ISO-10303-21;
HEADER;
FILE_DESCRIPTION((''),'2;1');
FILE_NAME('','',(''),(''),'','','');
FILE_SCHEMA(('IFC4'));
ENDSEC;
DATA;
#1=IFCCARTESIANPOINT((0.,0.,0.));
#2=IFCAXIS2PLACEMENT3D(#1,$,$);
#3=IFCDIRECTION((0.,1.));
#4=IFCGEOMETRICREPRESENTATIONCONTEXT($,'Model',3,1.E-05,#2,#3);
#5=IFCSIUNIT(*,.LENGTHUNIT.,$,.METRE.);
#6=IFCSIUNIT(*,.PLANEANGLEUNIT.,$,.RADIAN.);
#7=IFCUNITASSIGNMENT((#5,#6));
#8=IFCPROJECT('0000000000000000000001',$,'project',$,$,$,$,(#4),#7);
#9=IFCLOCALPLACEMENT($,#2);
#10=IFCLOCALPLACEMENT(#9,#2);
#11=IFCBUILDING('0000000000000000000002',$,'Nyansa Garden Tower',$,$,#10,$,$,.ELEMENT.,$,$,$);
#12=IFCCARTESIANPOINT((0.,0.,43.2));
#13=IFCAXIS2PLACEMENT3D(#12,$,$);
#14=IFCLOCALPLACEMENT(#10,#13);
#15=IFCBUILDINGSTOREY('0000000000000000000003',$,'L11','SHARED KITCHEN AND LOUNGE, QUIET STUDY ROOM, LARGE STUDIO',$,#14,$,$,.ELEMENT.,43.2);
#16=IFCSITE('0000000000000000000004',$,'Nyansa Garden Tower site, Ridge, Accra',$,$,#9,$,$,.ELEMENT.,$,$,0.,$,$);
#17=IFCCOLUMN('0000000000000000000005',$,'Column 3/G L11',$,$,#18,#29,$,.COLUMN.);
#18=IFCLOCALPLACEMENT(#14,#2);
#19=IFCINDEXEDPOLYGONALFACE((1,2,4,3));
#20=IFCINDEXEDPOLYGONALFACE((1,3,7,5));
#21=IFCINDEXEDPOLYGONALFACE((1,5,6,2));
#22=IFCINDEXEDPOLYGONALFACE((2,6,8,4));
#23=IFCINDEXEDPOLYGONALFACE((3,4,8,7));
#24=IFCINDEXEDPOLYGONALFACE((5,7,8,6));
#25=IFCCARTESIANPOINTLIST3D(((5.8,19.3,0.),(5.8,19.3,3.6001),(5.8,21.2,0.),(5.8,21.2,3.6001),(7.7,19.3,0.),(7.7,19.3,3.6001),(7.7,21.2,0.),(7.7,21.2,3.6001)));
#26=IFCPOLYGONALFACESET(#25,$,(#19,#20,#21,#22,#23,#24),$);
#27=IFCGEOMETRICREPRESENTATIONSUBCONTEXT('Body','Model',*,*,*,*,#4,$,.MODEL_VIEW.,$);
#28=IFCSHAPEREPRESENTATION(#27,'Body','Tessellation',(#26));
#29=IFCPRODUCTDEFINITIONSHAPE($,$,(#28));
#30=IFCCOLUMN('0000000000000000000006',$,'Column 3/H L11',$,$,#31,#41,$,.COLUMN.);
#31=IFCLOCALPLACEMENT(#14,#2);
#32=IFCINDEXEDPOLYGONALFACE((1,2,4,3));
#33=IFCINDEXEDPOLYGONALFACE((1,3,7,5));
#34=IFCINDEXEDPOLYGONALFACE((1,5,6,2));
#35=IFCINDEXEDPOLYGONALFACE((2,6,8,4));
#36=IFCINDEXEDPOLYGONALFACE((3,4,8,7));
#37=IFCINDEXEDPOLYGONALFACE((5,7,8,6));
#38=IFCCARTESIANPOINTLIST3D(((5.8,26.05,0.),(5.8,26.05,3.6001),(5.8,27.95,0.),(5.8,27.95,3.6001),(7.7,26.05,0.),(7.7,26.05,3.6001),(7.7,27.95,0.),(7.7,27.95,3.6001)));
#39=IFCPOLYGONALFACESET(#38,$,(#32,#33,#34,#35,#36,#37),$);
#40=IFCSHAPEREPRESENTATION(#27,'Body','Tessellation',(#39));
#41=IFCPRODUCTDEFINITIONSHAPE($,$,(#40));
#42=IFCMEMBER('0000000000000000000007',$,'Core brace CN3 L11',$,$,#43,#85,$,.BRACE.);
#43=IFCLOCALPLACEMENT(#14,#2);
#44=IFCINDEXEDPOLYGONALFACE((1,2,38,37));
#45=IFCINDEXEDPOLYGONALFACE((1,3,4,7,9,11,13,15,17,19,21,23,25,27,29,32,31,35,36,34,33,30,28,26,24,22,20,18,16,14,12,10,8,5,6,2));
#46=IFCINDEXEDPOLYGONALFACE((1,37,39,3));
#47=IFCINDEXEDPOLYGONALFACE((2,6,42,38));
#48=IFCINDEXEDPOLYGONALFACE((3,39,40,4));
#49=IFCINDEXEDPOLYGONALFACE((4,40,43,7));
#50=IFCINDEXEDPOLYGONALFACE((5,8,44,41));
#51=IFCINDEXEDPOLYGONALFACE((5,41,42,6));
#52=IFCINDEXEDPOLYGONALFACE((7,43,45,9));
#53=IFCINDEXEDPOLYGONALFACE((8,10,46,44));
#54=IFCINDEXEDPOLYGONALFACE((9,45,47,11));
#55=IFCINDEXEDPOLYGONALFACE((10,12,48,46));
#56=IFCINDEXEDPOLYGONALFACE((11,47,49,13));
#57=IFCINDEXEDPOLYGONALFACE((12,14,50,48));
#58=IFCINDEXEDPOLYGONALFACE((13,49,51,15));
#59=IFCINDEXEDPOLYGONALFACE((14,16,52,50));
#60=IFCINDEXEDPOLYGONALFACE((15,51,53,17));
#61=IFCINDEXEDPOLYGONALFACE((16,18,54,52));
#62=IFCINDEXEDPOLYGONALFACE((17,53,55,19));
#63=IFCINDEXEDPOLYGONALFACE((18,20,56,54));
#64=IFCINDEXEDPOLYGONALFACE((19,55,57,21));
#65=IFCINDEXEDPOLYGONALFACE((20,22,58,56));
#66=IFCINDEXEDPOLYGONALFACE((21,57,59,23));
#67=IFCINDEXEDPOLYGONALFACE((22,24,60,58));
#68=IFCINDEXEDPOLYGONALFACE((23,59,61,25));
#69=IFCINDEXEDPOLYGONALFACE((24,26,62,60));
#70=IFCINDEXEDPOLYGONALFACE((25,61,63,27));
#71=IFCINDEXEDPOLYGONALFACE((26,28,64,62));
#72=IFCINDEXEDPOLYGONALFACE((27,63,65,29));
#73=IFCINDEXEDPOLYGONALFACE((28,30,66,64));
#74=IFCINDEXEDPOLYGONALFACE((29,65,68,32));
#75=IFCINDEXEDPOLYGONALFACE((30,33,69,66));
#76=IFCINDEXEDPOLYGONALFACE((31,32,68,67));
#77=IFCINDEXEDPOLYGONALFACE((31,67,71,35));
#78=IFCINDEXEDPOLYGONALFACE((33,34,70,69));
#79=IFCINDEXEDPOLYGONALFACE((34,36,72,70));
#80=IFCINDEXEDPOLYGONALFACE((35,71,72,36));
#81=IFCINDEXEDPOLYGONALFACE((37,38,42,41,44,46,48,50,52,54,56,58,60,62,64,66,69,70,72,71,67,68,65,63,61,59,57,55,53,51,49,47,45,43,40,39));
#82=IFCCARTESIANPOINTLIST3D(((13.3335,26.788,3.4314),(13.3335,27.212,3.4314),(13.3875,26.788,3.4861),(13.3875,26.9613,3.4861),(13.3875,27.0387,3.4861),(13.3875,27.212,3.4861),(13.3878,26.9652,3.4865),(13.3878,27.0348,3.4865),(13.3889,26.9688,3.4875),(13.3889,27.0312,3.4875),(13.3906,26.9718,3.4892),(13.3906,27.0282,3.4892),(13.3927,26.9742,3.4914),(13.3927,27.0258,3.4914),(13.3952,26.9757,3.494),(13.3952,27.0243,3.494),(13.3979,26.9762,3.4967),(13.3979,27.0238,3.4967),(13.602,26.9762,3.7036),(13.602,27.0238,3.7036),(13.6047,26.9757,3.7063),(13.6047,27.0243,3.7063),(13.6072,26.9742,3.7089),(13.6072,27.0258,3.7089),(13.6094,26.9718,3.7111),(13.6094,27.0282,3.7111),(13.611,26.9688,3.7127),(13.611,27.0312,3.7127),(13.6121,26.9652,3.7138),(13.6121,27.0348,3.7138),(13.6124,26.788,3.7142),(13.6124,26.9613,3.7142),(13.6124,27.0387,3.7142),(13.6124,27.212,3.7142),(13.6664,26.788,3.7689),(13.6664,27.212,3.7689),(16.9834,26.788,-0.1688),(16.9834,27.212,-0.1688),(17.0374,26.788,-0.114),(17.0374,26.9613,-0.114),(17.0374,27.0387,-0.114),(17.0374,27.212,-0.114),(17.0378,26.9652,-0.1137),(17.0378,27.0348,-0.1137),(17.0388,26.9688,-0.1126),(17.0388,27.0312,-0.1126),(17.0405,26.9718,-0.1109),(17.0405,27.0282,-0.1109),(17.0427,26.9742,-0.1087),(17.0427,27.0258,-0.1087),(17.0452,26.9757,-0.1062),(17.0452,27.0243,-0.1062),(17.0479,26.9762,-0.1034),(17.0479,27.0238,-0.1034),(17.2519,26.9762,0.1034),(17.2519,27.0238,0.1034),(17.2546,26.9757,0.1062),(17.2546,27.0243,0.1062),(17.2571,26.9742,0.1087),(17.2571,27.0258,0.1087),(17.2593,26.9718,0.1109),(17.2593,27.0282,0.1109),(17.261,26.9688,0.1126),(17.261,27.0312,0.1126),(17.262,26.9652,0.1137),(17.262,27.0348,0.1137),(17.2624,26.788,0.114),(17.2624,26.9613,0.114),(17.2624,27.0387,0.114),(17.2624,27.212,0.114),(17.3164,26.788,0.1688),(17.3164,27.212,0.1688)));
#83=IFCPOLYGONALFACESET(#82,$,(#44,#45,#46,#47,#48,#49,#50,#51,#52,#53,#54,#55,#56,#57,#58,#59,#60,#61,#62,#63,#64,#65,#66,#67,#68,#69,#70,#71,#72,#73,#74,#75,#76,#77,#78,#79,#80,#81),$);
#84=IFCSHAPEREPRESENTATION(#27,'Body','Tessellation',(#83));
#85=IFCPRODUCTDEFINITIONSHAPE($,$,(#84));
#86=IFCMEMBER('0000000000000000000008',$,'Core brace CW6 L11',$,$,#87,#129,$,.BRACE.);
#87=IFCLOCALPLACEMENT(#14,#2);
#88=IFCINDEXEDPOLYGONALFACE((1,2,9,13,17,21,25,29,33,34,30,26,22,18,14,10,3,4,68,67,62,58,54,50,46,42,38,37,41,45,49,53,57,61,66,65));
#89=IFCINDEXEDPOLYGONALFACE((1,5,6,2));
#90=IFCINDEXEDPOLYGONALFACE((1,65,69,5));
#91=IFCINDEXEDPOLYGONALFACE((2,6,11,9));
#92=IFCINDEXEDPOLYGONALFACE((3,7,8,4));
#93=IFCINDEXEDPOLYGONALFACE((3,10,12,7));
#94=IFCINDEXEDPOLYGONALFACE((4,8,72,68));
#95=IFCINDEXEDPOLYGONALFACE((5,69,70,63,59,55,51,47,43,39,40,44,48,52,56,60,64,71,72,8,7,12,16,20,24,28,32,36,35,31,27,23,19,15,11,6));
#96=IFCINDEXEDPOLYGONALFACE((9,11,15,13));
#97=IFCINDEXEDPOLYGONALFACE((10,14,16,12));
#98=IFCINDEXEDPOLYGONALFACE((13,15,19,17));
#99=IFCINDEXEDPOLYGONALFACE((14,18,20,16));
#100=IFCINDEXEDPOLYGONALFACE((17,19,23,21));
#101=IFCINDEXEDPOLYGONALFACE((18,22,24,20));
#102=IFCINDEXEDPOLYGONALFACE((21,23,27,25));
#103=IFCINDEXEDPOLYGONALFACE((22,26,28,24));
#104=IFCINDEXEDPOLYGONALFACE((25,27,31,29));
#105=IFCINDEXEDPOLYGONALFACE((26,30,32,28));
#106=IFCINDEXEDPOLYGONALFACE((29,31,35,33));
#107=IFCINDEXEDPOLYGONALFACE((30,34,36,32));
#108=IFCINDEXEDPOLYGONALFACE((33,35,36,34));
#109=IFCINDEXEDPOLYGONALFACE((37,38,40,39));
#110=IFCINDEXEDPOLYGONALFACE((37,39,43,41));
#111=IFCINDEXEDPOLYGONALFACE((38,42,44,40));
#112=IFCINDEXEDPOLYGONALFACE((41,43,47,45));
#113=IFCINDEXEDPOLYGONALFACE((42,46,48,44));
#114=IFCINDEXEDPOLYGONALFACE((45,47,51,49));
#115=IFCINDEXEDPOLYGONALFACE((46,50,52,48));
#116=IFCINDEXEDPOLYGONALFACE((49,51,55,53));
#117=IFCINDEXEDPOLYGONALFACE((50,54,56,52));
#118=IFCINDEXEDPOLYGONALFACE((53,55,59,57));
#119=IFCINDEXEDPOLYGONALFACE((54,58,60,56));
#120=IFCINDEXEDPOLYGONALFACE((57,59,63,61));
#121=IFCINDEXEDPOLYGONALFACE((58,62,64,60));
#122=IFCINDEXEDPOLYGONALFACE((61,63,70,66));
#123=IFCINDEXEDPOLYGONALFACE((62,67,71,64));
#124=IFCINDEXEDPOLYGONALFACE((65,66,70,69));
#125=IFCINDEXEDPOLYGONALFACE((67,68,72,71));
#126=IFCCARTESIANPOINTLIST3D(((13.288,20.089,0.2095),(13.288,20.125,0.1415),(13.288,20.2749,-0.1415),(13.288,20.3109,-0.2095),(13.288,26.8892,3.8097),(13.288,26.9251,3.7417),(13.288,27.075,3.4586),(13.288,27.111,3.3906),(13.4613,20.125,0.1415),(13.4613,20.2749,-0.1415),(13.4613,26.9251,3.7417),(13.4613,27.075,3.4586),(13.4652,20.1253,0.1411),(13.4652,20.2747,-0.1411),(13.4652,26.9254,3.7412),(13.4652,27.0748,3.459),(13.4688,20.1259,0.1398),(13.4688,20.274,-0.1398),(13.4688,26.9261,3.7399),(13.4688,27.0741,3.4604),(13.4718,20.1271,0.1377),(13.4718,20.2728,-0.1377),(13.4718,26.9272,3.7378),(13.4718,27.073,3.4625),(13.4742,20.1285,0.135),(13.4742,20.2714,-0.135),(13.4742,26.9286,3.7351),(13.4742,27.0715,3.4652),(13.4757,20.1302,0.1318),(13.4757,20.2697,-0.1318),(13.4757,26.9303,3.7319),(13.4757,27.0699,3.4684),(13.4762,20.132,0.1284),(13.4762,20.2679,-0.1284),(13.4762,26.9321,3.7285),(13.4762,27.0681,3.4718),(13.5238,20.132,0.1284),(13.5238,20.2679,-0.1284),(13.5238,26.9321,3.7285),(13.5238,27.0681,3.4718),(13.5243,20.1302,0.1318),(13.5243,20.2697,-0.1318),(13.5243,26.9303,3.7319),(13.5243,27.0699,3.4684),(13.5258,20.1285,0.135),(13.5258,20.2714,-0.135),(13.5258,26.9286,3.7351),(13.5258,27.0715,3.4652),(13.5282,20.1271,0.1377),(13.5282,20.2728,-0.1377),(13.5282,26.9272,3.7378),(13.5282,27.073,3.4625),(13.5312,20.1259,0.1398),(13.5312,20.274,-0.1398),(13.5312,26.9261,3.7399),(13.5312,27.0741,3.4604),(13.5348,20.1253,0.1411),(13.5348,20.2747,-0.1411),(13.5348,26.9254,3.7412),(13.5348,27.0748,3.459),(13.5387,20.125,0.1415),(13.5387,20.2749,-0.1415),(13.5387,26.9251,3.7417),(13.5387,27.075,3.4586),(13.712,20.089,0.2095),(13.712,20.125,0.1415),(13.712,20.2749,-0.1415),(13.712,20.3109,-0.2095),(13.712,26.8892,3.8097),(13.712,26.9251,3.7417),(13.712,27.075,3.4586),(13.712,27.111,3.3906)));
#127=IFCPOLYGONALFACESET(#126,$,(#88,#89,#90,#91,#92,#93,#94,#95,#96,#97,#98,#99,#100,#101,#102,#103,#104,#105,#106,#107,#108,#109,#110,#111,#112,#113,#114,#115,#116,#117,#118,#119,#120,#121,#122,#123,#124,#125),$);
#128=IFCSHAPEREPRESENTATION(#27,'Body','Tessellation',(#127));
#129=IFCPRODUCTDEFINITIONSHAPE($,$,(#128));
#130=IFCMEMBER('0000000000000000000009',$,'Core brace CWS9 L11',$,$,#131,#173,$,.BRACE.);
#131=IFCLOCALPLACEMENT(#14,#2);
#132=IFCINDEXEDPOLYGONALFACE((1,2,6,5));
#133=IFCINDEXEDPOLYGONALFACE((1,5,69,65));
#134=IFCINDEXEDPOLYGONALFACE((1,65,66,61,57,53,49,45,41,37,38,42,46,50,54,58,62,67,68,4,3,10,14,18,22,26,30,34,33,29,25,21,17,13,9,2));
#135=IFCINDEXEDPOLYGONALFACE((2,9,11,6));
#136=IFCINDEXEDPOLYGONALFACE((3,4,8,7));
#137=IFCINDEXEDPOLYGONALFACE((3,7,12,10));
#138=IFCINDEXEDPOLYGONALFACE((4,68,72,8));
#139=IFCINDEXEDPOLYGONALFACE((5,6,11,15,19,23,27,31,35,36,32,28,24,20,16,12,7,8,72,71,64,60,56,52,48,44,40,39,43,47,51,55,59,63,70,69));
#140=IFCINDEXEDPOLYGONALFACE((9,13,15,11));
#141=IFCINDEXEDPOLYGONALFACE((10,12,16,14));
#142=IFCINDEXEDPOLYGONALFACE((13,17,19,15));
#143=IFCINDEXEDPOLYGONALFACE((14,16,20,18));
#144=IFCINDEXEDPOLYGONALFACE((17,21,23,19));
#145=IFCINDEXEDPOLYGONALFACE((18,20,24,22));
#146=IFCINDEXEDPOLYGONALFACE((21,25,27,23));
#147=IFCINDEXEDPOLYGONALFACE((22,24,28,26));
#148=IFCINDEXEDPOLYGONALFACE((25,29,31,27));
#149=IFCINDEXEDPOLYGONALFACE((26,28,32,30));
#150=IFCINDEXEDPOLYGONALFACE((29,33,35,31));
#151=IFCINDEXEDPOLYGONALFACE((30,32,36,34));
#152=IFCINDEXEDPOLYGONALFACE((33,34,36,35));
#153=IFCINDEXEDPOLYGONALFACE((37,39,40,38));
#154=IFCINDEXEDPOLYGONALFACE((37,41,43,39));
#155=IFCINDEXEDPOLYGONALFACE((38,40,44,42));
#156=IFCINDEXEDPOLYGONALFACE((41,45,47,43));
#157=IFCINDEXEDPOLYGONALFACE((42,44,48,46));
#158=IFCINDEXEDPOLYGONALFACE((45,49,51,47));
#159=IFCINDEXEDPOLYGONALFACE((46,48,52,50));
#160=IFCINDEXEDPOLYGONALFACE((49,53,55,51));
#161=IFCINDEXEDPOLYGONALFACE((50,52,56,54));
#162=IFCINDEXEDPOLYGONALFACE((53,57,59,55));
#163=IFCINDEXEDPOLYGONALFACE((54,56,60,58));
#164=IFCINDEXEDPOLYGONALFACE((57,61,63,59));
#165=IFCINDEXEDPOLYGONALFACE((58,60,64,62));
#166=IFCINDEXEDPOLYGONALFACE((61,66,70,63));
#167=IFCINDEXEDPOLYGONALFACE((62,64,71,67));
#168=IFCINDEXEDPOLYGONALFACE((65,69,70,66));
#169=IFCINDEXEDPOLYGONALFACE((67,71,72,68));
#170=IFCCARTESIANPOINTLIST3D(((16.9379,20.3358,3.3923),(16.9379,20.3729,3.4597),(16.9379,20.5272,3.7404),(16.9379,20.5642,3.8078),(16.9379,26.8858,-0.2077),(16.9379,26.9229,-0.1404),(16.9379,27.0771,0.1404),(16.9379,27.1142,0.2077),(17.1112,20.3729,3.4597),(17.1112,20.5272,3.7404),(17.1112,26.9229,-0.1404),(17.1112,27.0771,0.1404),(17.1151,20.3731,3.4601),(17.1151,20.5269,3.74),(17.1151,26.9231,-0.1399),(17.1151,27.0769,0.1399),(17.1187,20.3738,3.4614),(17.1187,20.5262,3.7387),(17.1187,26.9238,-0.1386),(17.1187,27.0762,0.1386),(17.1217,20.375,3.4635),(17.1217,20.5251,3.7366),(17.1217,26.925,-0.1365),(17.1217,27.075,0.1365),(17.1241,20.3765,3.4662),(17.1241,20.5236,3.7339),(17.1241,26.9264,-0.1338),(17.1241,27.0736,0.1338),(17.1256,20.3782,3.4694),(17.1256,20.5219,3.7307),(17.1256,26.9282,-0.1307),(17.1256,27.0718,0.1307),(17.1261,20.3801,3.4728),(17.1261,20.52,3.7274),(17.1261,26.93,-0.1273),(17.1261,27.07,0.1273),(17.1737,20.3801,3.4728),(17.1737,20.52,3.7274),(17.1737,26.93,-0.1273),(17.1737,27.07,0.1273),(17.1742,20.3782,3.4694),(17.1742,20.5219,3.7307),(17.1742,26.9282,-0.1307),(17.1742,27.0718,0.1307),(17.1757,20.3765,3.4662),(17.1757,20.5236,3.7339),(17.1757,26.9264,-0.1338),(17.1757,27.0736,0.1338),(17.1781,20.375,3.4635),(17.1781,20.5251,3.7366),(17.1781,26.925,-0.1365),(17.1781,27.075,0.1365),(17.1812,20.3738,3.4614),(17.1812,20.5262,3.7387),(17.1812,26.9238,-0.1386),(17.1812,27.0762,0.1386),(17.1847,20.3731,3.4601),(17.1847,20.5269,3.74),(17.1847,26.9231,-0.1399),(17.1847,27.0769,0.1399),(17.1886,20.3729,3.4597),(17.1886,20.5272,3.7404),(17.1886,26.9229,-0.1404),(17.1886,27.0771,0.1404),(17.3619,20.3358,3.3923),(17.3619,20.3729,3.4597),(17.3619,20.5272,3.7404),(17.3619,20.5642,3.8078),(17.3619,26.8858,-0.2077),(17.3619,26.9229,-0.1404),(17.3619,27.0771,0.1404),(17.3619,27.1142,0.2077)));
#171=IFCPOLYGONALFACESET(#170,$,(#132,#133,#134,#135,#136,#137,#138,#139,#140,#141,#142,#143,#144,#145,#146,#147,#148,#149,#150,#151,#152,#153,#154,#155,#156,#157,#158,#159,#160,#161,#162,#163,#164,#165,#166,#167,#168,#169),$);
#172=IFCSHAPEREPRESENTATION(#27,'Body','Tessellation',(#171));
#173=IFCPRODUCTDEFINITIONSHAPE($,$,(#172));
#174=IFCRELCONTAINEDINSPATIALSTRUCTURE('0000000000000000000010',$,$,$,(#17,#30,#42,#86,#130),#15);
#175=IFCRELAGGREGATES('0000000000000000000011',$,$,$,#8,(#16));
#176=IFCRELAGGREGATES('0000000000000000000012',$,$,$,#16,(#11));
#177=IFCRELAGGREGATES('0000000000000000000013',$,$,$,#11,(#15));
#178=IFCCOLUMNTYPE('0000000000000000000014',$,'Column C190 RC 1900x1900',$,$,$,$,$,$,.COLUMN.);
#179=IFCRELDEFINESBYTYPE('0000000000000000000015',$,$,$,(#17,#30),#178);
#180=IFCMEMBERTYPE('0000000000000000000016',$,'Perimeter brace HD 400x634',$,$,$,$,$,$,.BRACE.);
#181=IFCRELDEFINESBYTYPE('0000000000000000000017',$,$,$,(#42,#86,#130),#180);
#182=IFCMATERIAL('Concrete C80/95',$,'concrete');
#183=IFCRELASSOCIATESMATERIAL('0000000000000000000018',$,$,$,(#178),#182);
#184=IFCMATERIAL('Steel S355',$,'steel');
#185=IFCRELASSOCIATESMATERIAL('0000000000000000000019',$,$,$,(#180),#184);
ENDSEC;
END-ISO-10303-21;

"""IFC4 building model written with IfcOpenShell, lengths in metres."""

from ifc_helpers import new_model, si_unit, direction, frame, origin, origin_2d, place, context, subcontext, project, spatial, rectangle, i_section, extrude, material, material_profile, profile_set, type_object, element, save


model = new_model("IFC4")

# Units and contexts
model_context = context("Model", 3, precision=1e-05, world=origin(), true_north=direction((0.0, 1.0)))
body_context = subcontext(model_context, "Body", "Model", "MODEL_VIEW")
ifc_project = project(units=[si_unit("LENGTHUNIT", "METRE"), si_unit("PLANEANGLEUNIT", "RADIAN")], contexts=[model_context])

# Site, building, storey
site_placement = place(None, origin())
site = spatial("IfcSite", under=ifc_project, at=site_placement, Name="Nyansa Garden Tower site, Ridge, Accra", CompositionType="ELEMENT", RefElevation=0.0)
building_placement = place(site_placement, origin())
building = spatial("IfcBuilding", under=site, at=building_placement, Name="Nyansa Garden Tower", CompositionType="ELEMENT")
storey_placement = place(building_placement, frame((0.0, 0.0, 43.2)))
storey = spatial("IfcBuildingStorey", under=building, at=storey_placement, Name="L11", Description="SHARED KITCHEN AND LOUNGE, QUIET STUDY ROOM, LARGE STUDIO", CompositionType="ELEMENT", Elevation=43.2)

# Columns
ifc_material_1 = material(Name="Concrete C80/95", Category="concrete")
ifc_material_profile_1 = material_profile(ifc_material_1, rectangle(XDim=1.8999, YDim=1.8999, at=origin_2d()), Name="RC 1900x1900")
ifc_profile_set_1 = profile_set([ifc_material_profile_1], Name="Concrete C80/95")
column_type = type_object("IfcColumnType", Name="Column C190 RC 1900x1900", PredefinedType="COLUMN", material=ifc_profile_set_1)
for number, where, z_axis, x_axis, name in (
    (1, (6.75, 20.25, 0.0), (0.0, 0.0, 1.0), (1.0, 0.0, 0.0), "Column 3/G L11"),
    (2, (6.75, 27.0, 0.0), (0.0, 0.0, 1.0), (1.0, 0.0, 0.0), "Column 3/H L11"),
):
    element("IfcColumn", number, at=place(storey_placement, frame(where, z_axis=z_axis, x_axis=x_axis)), inside=storey, type_object=column_type, Name=name, PredefinedType="COLUMN", context=body_context, shape_type="SweptSolid", body=[
        extrude(rectangle(XDim=1.8999, YDim=1.8999, at=origin_2d()), origin(), (0.0, 0.0, 1.0), 3.6001),
    ])

# Members
ifc_material_2 = material(Name="Steel S355", Category="steel")
ifc_material_profile_2 = material_profile(ifc_material_2, i_section(OverallWidth=0.4241, OverallDepth=0.4741, WebThickness=0.0476, FlangeThickness=0.0769, FilletRadius=0.0149, at=origin_2d()), Name="HD 400x634")
ifc_profile_set_2 = profile_set([ifc_material_profile_2], Name="Steel S355")
member_type = type_object("IfcMemberType", Name="Perimeter brace HD 400x634", PredefinedType="BRACE", material=ifc_profile_set_2)
member_1_placement = place(storey_placement, frame((17.1499, 27.0, 0.0), z_axis=(-0.711948, 0.0, 0.702233), x_axis=(0.0, -1.0, 0.0)))
element("IfcMember", 3, at=member_1_placement, inside=storey, type_object=member_type, Name="Core brace CN3 L11", PredefinedType="BRACE", context=body_context, shape_type="SweptSolid", body=[
    extrude(i_section(OverallWidth=0.4241, OverallDepth=0.4741, WebThickness=0.0476, FlangeThickness=0.0769, FilletRadius=0.0149, at=origin_2d()), origin(), (0.0, 0.0, 1.0), 5.1267),
])
member_2_placement = place(storey_placement, frame((13.5, 20.2, 0.0), z_axis=(0.0, 0.883784, 0.467895), x_axis=(-1.0, 0.0, 0.0)))
element("IfcMember", 4, at=member_2_placement, inside=storey, type_object=member_type, Name="Core brace CW6 L11", PredefinedType="BRACE", context=body_context, shape_type="SweptSolid", body=[
    extrude(i_section(OverallWidth=0.4241, OverallDepth=0.4741, WebThickness=0.0476, FlangeThickness=0.0769, FilletRadius=0.0149, at=origin_2d()), origin(), (0.0, 0.0, 1.0), 7.6943),
])
member_3_placement = place(storey_placement, frame((17.1499, 27.0, 0.0), z_axis=(0.0, -0.876353, 0.481669), x_axis=(1.0, 0.0, 0.0)))
element("IfcMember", 5, at=member_3_placement, inside=storey, type_object=member_type, Name="Core brace CWS9 L11", PredefinedType="BRACE", context=body_context, shape_type="SweptSolid", body=[
    extrude(i_section(OverallWidth=0.4241, OverallDepth=0.4741, WebThickness=0.0476, FlangeThickness=0.0769, FilletRadius=0.0149, at=origin_2d()), origin(), (0.0, 0.0, 1.0), 7.4741),
])

save(model, "model.ifc")
